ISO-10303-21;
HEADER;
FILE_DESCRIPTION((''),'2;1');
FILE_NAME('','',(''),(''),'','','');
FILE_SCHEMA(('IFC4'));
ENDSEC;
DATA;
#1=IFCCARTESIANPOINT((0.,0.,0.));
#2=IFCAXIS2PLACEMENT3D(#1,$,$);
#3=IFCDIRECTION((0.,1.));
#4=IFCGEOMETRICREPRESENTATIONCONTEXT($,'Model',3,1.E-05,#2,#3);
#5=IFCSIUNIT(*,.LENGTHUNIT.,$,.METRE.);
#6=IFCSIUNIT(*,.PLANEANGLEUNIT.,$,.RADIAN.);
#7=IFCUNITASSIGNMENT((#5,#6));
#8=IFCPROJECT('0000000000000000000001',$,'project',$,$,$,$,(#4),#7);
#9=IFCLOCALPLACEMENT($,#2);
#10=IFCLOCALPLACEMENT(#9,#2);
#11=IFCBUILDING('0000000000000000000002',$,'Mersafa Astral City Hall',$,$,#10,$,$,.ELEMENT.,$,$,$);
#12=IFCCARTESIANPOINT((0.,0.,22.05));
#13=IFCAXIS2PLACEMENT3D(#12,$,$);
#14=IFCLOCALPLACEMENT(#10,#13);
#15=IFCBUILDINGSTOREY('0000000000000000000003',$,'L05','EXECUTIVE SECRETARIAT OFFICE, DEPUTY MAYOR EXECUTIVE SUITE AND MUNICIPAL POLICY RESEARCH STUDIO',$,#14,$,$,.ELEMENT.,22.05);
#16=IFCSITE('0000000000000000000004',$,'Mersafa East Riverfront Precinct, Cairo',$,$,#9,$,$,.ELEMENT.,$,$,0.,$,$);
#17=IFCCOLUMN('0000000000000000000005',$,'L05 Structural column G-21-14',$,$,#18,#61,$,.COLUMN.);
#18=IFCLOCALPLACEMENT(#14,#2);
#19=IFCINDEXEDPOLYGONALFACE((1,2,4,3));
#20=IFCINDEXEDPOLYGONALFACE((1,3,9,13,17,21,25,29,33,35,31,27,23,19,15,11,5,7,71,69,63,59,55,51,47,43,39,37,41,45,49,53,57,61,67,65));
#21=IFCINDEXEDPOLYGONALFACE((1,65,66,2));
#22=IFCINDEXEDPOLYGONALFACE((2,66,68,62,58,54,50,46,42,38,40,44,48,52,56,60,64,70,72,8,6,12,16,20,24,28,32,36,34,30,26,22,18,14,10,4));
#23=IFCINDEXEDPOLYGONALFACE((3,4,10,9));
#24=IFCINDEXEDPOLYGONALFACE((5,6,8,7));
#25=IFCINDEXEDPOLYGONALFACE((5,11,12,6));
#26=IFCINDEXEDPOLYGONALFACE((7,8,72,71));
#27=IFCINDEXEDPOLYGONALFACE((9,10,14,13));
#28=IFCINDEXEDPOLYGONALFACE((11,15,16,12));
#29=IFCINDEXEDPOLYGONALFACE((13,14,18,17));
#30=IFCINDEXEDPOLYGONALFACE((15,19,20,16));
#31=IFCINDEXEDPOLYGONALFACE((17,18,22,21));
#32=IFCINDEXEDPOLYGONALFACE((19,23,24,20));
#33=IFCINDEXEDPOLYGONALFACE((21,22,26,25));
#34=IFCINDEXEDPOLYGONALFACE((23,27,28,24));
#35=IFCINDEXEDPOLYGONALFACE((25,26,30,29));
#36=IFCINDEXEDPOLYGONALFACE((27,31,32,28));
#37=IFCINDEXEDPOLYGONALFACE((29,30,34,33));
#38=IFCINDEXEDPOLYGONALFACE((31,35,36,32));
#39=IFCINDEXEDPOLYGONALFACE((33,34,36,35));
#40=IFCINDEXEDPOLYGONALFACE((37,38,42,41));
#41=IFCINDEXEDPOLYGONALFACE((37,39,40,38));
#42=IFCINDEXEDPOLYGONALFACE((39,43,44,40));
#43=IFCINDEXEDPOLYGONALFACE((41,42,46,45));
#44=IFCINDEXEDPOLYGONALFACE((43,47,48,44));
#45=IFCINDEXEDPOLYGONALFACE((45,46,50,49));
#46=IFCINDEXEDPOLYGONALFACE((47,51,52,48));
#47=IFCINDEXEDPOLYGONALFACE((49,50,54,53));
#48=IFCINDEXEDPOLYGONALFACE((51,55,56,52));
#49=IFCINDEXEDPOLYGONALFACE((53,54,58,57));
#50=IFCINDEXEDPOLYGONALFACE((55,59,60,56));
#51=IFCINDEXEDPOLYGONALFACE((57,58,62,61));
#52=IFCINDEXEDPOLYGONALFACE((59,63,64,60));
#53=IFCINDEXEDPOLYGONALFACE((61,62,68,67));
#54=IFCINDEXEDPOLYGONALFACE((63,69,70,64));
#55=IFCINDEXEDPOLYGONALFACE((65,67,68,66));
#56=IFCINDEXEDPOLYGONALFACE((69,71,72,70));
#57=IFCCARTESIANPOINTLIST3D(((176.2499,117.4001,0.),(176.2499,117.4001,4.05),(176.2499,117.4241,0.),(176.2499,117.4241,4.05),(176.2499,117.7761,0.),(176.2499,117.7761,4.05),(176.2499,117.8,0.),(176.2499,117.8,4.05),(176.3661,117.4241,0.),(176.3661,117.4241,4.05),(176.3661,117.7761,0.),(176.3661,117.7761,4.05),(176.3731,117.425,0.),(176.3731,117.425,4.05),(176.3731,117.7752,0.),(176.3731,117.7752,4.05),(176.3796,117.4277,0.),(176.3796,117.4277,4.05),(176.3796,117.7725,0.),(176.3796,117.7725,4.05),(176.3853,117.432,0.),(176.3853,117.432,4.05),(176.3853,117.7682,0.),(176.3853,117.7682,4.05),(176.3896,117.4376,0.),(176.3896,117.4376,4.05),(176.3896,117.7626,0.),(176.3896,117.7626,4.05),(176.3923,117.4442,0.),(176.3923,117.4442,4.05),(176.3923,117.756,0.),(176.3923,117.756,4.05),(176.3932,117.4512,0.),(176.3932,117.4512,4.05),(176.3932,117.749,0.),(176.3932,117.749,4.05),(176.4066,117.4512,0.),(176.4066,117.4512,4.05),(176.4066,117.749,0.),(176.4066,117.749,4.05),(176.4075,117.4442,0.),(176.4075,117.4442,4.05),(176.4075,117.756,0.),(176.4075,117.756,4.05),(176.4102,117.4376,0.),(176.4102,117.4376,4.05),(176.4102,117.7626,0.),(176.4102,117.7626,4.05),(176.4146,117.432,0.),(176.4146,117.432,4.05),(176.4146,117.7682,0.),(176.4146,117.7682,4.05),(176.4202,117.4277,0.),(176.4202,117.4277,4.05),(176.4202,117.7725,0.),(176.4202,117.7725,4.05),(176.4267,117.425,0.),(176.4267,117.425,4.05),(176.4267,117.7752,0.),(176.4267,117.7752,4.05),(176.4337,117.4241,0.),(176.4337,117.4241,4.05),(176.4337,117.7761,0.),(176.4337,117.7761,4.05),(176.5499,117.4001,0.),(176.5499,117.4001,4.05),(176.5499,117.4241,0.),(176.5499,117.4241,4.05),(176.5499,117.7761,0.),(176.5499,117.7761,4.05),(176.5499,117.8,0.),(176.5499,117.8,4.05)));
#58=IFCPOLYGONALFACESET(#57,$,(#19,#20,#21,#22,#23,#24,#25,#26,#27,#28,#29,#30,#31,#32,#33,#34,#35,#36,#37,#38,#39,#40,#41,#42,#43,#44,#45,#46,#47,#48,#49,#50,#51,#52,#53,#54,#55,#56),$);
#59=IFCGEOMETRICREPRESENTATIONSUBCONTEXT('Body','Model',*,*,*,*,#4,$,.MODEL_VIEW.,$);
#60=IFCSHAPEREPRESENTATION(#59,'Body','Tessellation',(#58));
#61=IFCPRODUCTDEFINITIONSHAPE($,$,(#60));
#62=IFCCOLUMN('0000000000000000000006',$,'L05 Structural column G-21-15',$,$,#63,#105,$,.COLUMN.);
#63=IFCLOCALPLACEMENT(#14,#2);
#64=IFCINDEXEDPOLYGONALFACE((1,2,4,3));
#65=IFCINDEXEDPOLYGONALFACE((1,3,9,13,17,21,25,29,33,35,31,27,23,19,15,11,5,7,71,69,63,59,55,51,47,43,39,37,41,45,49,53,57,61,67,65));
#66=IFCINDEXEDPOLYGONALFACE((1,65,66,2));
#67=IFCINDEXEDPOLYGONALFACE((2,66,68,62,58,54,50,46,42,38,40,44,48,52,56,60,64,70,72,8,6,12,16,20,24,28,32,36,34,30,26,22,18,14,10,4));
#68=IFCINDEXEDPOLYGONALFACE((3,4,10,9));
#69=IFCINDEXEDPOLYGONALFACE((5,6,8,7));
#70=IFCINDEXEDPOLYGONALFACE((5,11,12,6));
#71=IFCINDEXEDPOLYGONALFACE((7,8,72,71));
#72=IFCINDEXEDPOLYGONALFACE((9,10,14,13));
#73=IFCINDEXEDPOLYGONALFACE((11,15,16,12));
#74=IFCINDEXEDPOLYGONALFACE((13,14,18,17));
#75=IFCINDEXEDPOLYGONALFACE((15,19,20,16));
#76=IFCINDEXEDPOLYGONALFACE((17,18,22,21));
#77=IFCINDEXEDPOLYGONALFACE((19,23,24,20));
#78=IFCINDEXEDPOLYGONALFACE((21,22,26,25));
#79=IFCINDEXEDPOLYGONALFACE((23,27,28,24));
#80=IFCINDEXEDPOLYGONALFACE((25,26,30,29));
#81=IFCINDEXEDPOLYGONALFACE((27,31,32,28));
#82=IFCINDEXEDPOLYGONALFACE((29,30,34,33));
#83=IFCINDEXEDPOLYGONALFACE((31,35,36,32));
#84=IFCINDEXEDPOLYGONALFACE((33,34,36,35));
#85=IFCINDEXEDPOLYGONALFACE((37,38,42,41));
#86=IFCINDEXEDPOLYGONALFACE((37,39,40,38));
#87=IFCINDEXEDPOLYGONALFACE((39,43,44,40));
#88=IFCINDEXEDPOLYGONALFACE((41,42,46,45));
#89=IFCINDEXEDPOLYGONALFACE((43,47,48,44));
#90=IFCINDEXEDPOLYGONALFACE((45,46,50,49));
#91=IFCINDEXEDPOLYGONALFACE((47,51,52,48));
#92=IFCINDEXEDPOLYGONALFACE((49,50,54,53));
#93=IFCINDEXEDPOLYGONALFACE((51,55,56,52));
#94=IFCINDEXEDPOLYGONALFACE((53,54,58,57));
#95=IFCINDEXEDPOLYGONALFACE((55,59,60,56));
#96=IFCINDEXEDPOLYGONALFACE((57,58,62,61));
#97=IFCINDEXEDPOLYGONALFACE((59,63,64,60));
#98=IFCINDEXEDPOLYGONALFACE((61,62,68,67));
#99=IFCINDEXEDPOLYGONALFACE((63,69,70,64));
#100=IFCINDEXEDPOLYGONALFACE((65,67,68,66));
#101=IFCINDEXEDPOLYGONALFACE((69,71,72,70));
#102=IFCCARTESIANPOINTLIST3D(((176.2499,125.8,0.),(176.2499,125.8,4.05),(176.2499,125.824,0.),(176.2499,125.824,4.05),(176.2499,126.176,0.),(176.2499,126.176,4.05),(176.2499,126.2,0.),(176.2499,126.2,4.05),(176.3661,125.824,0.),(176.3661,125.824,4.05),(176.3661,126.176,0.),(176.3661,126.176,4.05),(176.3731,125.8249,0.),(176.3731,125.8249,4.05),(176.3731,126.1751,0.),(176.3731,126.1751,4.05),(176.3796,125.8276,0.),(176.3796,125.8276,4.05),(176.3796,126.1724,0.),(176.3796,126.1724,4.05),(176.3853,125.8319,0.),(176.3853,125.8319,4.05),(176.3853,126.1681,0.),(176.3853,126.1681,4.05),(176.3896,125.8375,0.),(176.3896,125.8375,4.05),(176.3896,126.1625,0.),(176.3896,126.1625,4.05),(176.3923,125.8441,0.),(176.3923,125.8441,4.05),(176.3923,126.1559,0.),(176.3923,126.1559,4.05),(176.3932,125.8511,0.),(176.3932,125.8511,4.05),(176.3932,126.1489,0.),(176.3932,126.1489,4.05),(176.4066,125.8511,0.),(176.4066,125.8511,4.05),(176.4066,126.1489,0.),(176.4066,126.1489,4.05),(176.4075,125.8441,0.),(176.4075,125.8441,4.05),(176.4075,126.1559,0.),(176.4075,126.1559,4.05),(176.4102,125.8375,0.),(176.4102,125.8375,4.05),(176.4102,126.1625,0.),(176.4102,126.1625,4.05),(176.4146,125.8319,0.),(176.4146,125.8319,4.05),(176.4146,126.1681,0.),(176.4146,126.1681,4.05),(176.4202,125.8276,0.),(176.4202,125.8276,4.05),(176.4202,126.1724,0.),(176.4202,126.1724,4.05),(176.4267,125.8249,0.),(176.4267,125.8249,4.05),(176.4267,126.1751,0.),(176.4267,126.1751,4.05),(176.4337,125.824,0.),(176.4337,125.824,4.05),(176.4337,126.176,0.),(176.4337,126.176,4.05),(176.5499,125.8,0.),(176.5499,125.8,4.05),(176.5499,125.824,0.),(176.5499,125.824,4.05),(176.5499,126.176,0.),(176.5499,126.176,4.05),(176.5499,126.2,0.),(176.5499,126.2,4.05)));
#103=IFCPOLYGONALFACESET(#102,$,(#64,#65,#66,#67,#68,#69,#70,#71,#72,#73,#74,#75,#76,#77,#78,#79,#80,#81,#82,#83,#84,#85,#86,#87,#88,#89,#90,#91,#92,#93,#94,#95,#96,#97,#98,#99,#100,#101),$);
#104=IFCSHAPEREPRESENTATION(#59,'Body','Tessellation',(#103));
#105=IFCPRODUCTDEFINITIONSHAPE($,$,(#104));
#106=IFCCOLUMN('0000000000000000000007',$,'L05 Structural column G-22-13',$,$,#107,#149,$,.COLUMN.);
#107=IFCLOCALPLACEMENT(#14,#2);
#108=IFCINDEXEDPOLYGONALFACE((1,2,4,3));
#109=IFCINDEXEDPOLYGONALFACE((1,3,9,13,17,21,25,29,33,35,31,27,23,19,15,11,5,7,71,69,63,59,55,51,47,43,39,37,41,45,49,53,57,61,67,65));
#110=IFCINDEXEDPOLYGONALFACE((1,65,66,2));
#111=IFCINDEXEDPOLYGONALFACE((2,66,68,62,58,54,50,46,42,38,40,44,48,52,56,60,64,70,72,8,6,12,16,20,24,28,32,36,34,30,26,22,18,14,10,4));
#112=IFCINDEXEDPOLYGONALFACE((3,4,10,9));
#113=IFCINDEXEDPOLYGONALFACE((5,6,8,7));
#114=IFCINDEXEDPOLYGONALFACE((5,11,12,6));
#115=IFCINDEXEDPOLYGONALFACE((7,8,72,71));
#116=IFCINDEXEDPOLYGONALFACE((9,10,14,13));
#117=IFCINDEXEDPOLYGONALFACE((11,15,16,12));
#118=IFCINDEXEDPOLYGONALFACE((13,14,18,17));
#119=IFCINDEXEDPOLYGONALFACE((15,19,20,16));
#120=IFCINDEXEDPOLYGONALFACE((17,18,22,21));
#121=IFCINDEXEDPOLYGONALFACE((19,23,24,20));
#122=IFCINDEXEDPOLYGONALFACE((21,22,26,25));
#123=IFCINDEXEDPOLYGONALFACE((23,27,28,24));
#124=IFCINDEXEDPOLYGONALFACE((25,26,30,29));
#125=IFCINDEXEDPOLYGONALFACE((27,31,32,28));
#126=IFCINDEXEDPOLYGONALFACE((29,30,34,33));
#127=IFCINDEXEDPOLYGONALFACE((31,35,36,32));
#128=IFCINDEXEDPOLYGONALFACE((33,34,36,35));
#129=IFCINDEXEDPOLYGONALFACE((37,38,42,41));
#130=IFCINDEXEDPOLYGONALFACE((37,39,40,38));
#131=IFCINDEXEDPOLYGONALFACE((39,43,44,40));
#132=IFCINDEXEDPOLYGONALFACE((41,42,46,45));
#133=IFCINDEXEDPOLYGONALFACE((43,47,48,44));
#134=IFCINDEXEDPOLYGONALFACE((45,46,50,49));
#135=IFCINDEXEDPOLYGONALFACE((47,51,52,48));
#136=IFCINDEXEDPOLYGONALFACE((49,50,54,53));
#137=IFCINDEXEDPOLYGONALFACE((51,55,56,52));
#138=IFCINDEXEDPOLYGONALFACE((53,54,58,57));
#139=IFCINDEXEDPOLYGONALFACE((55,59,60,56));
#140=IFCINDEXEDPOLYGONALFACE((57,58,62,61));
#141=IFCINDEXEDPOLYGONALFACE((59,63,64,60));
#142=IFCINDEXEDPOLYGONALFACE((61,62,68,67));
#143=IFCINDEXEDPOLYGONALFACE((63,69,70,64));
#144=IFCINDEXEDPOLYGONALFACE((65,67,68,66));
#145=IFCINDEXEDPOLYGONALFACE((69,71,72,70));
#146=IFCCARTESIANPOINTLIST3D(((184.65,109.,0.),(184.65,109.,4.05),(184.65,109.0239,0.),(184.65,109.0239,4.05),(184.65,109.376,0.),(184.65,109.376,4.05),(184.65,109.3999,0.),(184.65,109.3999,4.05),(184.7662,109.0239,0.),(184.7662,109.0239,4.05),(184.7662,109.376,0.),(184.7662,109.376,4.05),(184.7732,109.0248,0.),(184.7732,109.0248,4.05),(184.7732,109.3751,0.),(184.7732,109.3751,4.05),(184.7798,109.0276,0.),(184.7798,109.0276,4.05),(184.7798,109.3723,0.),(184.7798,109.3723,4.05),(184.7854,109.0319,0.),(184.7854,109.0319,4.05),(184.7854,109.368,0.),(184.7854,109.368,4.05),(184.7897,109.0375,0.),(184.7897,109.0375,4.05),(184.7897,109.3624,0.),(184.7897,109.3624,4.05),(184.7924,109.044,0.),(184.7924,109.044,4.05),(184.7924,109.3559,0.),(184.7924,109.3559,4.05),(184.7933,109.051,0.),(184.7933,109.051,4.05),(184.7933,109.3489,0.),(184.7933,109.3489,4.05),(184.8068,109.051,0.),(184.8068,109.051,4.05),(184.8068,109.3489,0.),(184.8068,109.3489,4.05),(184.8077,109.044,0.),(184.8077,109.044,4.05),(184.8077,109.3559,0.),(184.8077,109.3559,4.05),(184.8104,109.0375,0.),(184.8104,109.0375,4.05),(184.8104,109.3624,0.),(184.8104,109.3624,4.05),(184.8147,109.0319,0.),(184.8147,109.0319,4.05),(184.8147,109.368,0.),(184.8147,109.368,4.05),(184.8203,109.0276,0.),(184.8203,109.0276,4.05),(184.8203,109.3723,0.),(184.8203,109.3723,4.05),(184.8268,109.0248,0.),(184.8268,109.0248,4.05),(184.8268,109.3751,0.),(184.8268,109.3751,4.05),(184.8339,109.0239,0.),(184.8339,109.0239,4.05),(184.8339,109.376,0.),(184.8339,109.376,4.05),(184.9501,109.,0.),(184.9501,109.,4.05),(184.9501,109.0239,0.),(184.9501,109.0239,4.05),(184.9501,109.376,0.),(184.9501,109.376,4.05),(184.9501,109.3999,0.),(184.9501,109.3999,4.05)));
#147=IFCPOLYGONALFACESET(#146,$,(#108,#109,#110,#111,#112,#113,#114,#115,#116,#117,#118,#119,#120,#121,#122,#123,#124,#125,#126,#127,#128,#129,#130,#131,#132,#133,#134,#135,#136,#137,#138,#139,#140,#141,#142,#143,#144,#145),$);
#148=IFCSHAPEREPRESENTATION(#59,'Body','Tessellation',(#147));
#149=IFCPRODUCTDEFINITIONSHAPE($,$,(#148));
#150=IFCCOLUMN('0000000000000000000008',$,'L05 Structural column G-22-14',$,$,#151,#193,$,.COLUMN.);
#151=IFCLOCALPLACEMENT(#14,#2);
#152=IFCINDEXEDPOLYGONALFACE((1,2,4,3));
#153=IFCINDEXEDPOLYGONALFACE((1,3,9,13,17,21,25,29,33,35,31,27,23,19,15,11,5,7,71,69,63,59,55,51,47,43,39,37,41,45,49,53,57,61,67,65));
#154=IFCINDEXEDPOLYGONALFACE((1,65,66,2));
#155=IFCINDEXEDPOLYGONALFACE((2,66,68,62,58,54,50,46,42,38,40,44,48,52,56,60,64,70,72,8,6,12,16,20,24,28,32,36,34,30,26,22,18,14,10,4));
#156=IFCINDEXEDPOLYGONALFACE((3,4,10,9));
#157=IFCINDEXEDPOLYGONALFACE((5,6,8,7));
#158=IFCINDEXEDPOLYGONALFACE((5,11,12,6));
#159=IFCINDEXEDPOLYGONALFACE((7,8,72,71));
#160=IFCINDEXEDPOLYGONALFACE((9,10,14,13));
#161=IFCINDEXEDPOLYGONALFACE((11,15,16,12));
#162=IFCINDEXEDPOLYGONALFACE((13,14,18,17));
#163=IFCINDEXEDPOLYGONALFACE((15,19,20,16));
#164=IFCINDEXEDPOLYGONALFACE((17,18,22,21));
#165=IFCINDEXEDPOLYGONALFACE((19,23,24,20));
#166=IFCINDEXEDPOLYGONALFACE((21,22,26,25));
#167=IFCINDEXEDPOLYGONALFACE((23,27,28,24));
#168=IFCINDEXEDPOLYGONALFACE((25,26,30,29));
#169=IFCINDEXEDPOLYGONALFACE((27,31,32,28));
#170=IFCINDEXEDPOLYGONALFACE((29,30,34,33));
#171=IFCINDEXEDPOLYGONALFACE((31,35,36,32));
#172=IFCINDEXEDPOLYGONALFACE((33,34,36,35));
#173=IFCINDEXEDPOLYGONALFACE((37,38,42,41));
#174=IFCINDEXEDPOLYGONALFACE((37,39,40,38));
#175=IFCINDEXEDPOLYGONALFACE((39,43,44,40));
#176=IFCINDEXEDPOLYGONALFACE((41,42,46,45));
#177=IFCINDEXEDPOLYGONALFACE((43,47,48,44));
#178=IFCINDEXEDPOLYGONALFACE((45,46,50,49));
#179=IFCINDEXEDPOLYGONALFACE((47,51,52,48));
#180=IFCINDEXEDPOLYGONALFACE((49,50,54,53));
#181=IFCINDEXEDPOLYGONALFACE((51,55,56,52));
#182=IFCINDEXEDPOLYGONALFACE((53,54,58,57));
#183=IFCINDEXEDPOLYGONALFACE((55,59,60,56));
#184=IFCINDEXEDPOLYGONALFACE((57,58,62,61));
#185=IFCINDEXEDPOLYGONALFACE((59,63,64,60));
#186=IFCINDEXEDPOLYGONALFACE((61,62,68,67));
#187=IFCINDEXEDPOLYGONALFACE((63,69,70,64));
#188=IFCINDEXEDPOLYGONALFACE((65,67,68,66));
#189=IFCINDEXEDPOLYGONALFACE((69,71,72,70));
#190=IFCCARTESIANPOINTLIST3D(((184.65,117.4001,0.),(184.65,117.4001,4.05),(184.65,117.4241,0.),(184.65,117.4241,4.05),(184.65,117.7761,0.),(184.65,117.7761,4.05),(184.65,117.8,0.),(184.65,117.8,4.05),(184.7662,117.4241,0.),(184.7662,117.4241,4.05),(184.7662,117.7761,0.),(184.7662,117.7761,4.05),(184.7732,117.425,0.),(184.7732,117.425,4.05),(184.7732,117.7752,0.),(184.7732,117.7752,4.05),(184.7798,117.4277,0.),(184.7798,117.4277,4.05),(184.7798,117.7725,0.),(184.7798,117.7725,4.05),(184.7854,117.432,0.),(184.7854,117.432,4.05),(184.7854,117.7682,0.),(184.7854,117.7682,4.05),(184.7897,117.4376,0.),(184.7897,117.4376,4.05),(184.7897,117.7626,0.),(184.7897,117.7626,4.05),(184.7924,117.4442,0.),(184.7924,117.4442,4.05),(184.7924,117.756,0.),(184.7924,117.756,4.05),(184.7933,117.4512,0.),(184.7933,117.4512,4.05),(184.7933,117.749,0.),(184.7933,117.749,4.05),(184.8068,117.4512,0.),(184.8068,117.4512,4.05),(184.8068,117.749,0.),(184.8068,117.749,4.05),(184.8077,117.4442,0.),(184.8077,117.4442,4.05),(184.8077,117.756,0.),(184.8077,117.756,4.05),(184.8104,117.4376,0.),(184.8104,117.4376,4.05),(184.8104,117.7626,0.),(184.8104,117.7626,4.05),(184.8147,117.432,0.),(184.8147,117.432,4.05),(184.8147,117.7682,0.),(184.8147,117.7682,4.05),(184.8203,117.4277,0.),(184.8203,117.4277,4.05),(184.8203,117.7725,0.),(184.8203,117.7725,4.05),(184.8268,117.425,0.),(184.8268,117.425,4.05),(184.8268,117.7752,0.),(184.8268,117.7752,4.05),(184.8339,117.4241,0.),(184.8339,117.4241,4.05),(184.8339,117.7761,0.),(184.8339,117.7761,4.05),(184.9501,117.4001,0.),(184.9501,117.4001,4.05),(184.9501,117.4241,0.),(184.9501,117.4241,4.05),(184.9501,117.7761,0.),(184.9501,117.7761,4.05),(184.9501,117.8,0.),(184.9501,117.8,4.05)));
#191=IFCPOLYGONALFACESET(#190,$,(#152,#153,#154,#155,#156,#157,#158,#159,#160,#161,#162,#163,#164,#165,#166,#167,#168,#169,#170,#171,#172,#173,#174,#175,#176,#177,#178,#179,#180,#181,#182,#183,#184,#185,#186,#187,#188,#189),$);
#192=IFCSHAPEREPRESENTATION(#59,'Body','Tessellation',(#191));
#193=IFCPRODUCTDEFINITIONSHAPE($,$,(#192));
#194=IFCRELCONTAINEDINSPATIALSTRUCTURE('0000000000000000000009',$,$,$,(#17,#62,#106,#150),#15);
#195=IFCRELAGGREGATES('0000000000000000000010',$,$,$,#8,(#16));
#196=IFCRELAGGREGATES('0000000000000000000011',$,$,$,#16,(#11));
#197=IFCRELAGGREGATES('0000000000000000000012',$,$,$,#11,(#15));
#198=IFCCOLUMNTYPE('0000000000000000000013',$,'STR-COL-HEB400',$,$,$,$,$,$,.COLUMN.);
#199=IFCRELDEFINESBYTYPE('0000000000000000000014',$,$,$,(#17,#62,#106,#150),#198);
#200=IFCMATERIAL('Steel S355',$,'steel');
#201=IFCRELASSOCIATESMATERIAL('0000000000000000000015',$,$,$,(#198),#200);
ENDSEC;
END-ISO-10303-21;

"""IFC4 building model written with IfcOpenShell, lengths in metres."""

from ifc_helpers import new_model, si_unit, direction, frame, origin, origin_2d, place, context, subcontext, project, spatial, i_section, extrude, material, material_profile, profile_set, type_object, element, save


model = new_model("IFC4")

# Units and contexts
model_context = context("Model", 3, precision=1e-05, world=origin(), true_north=direction((0.0, 1.0)))
body_context = subcontext(model_context, "Body", "Model", "MODEL_VIEW")
ifc_project = project(units=[si_unit("LENGTHUNIT", "METRE"), si_unit("PLANEANGLEUNIT", "RADIAN")], contexts=[model_context])

# Site, building, storey
site_placement = place(None, origin())
site = spatial("IfcSite", under=ifc_project, at=site_placement, Name="Mersafa East Riverfront Precinct, Cairo", CompositionType="ELEMENT", RefElevation=0.0)
building_placement = place(site_placement, origin())
building = spatial("IfcBuilding", under=site, at=building_placement, Name="Mersafa Astral City Hall", CompositionType="ELEMENT")
storey_placement = place(building_placement, frame((0.0, 0.0, 22.05)))
storey = spatial("IfcBuildingStorey", under=building, at=storey_placement, Name="L05", Description="EXECUTIVE SECRETARIAT OFFICE, DEPUTY MAYOR EXECUTIVE SUITE AND MUNICIPAL POLICY RESEARCH STUDIO", CompositionType="ELEMENT", Elevation=22.05)

# Columns
ifc_material_1 = material(Name="Steel S355", Category="steel")
ifc_material_profile_1 = material_profile(ifc_material_1, i_section(OverallWidth=0.3, OverallDepth=0.3999, WebThickness=0.0134, FlangeThickness=0.0239, FilletRadius=0.0271, at=origin_2d()), Name="HEB 400")
ifc_profile_set_1 = profile_set([ifc_material_profile_1], Name="Steel S355")
column_type = type_object("IfcColumnType", Name="STR-COL-HEB400", PredefinedType="COLUMN", material=ifc_profile_set_1)
for number, where, z_axis, x_axis, name in (
    (1, (176.3999, 117.6001, 0.0), (0.0, 0.0, 1.0), (1.0, 0.0, 0.0), "L05 Structural column G-21-14"),
    (2, (176.3999, 126.0, 0.0), (0.0, 0.0, 1.0), (1.0, 0.0, 0.0), "L05 Structural column G-21-15"),
    (3, (184.8, 109.2, 0.0), (0.0, 0.0, 1.0), (1.0, 0.0, 0.0), "L05 Structural column G-22-13"),
    (4, (184.8, 117.6001, 0.0), (0.0, 0.0, 1.0), (1.0, 0.0, 0.0), "L05 Structural column G-22-14"),
):
    element("IfcColumn", number, at=place(storey_placement, frame(where, z_axis=z_axis, x_axis=x_axis)), inside=storey, type_object=column_type, Name=name, PredefinedType="COLUMN", context=body_context, shape_type="SweptSolid", body=[
        extrude(i_section(OverallWidth=0.3, OverallDepth=0.3999, WebThickness=0.0134, FlangeThickness=0.0239, FilletRadius=0.0271, at=origin_2d()), origin(), (0.0, 0.0, 1.0), 4.05),
    ])

save(model, "model.ifc")
